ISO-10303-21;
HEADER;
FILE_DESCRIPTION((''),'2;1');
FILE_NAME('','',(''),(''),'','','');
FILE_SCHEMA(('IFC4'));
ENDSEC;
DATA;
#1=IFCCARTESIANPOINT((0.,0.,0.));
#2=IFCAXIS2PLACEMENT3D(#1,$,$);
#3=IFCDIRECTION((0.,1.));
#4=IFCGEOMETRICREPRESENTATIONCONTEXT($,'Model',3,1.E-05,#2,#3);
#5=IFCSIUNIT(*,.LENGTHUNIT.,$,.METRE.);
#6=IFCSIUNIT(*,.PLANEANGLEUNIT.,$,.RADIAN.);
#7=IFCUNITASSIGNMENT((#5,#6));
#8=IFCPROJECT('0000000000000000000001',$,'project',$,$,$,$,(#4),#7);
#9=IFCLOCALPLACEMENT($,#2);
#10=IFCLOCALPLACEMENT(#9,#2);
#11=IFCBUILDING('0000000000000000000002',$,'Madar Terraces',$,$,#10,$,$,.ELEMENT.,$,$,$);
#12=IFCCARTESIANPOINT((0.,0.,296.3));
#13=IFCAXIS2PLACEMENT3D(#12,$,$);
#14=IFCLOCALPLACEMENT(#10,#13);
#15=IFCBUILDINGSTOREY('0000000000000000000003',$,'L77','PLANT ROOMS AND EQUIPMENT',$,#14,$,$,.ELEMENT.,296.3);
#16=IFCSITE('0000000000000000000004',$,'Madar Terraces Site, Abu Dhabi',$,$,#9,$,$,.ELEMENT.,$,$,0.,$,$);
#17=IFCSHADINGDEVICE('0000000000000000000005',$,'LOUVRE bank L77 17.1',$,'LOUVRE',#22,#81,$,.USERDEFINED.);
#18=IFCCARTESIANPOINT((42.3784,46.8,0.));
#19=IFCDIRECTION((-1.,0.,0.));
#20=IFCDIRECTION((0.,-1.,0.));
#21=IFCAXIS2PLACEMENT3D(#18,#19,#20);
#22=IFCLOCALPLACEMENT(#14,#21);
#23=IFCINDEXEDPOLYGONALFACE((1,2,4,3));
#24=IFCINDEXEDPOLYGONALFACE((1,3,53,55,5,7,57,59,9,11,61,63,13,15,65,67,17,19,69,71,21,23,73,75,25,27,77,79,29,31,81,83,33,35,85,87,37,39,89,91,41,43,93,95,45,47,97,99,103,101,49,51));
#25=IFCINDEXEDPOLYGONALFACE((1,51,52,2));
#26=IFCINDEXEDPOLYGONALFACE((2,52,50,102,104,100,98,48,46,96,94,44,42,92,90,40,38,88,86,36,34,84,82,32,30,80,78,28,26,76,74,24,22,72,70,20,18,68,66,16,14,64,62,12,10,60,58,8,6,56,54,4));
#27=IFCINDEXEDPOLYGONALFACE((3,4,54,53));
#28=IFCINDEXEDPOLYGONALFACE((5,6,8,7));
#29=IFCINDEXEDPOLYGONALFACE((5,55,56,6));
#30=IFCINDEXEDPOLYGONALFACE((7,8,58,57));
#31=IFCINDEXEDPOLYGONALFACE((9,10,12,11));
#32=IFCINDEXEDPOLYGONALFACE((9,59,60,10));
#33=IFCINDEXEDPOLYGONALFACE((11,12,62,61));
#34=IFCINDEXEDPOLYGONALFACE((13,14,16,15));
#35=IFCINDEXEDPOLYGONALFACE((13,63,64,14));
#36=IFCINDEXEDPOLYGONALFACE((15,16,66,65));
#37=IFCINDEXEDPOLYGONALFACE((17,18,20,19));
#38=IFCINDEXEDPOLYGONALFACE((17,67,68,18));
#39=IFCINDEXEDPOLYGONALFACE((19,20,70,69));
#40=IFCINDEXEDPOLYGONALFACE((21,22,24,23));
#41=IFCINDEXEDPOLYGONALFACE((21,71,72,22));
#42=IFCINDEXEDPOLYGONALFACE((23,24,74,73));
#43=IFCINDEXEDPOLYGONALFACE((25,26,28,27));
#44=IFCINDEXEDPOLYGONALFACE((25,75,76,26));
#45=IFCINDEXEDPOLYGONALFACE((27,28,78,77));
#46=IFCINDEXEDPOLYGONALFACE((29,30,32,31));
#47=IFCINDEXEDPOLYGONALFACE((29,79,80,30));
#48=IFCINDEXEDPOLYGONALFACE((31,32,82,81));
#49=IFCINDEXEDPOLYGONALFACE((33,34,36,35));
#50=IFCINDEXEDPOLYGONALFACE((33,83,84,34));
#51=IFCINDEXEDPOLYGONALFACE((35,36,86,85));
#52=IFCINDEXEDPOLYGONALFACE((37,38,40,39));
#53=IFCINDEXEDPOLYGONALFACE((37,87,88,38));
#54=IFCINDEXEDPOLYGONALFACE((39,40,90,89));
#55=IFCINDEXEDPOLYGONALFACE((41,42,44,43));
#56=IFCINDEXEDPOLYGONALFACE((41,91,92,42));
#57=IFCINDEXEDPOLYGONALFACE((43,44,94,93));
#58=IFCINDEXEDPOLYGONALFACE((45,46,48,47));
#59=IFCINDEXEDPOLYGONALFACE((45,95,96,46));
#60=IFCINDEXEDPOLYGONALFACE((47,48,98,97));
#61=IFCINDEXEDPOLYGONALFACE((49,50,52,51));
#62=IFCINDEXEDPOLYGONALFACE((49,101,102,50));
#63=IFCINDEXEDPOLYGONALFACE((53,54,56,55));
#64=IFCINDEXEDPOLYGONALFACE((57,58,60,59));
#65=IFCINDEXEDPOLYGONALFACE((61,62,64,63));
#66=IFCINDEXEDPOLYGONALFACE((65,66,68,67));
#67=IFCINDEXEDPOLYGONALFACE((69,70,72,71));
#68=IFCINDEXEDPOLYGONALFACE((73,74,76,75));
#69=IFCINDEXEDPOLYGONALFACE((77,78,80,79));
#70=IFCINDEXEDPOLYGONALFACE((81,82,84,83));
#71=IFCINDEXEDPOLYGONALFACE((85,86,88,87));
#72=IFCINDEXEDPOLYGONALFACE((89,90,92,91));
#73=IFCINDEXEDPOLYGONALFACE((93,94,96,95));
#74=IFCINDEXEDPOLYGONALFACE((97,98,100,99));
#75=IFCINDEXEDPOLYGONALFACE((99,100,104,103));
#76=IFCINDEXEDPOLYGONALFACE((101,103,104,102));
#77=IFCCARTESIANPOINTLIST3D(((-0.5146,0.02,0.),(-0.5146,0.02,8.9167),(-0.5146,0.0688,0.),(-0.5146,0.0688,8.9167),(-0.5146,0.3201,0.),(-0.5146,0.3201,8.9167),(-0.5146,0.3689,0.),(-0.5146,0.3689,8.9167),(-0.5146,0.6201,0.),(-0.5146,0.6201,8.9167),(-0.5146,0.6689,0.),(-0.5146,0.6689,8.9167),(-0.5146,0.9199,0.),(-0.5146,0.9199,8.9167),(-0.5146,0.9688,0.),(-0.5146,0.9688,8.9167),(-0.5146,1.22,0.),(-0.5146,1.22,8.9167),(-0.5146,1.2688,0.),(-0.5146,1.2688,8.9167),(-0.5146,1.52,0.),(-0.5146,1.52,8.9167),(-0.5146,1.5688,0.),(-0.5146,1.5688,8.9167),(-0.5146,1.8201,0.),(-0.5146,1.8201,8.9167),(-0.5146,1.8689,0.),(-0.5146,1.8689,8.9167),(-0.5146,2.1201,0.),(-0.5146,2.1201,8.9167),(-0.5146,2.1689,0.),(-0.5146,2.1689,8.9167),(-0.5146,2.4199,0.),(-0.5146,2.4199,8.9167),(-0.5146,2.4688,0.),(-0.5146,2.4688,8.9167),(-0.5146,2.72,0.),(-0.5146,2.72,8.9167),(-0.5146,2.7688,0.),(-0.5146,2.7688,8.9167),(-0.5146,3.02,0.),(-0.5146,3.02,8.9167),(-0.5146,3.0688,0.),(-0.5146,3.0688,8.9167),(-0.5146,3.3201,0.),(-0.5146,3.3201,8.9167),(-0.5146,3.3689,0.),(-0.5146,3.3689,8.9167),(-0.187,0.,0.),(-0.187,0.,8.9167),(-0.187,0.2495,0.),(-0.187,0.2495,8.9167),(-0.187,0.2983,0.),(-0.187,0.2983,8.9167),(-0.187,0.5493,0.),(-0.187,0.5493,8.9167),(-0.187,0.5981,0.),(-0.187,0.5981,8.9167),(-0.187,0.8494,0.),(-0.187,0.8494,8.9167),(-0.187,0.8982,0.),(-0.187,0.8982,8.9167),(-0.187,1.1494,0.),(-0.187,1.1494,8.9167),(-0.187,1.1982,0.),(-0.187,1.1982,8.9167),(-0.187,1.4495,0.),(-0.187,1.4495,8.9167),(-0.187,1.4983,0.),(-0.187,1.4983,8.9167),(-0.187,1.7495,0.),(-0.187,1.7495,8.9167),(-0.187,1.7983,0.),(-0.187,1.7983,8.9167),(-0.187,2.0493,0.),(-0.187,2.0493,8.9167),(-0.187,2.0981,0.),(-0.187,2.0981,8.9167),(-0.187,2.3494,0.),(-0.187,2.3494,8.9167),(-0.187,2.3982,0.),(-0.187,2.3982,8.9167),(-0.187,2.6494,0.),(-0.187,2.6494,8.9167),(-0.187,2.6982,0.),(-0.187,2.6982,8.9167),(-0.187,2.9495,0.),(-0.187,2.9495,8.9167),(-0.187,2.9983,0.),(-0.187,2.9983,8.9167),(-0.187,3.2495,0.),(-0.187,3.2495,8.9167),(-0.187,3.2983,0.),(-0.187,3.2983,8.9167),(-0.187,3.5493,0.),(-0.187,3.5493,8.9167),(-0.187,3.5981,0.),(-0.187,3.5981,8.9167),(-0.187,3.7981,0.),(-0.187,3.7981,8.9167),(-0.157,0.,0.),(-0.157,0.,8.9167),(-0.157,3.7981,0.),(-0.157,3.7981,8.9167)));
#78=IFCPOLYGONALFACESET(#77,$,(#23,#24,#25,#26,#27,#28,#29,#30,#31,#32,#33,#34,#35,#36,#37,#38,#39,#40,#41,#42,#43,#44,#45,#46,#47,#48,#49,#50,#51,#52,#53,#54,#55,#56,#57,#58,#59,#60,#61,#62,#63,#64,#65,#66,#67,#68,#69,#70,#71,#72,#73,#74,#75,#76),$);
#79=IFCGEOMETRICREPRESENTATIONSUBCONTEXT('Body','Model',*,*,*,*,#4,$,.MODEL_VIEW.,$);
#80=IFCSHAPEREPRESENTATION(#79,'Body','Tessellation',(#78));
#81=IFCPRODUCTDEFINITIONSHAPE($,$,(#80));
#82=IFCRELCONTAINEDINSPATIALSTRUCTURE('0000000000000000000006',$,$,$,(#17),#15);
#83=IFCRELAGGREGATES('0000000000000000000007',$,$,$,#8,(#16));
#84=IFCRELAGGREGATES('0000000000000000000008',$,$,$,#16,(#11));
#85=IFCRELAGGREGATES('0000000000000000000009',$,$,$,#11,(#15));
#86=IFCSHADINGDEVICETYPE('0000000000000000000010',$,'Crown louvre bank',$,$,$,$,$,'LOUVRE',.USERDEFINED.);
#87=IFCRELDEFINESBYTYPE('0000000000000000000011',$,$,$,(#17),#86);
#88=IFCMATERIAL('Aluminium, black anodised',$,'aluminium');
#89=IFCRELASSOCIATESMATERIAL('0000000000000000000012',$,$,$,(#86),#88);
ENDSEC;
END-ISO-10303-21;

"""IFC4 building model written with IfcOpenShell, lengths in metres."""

from ifc_helpers import new_model, si_unit, direction, frame, origin, place, context, subcontext, project, spatial, polyline, outline, extrude, material, type_object, element, save


model = new_model("IFC4")

# Units and contexts
model_context = context("Model", 3, precision=1e-05, world=origin(), true_north=direction((0.0, 1.0)))
body_context = subcontext(model_context, "Body", "Model", "MODEL_VIEW")
ifc_project = project(units=[si_unit("LENGTHUNIT", "METRE"), si_unit("PLANEANGLEUNIT", "RADIAN")], contexts=[model_context])

# Site, building, storey
site_placement = place(None, origin())
site = spatial("IfcSite", under=ifc_project, at=site_placement, Name="Madar Terraces Site, Abu Dhabi", CompositionType="ELEMENT", RefElevation=0.0)
building_placement = place(site_placement, origin())
building = spatial("IfcBuilding", under=site, at=building_placement, Name="Madar Terraces", CompositionType="ELEMENT")
storey_placement = place(building_placement, frame((0.0, 0.0, 296.3)))
storey = spatial("IfcBuildingStorey", under=building, at=storey_placement, Name="L77", Description="PLANT ROOMS AND EQUIPMENT", CompositionType="ELEMENT", Elevation=296.3)

# Shading device
ifc_material_1 = material(Name="Aluminium, black anodised", Category="aluminium")
shading_device_type = type_object("IfcShadingDeviceType", Name="Crown louvre bank", ElementType="LOUVRE", PredefinedType="USERDEFINED", material=ifc_material_1)
shading_device_1_placement = place(storey_placement, frame((42.3784, 46.8, 0.0), z_axis=(-1.0, 0.0, 0.0), x_axis=(0.0, -1.0, 0.0)))
element("IfcShadingDevice", 1, at=shading_device_1_placement, inside=storey, type_object=shading_device_type, Name="LOUVRE bank L77 17.1", ObjectType="LOUVRE", PredefinedType="USERDEFINED", context=body_context, shape_type="SweptSolid", body=[
    extrude(outline(polyline([(-0.157, 0.0), (-0.187, 0.0), (-0.187, 0.2495), (-0.5146, 0.02), (-0.5146, 0.0688), (-0.187, 0.2983), (-0.187, 0.5493), (-0.5146, 0.3201), (-0.5146, 0.3689), (-0.187, 0.5981), (-0.187, 0.8494), (-0.5146, 0.6201), (-0.5146, 0.6689), (-0.187, 0.8982), (-0.187, 1.1494), (-0.5146, 0.9199), (-0.5146, 0.9688), (-0.187, 1.1982), (-0.187, 1.4495), (-0.5146, 1.22), (-0.5146, 1.2688), (-0.187, 1.4983), (-0.187, 1.7495), (-0.5146, 1.52), (-0.5146, 1.5688), (-0.187, 1.7983), (-0.187, 2.0493), (-0.5146, 1.8201), (-0.5146, 1.8689), (-0.187, 2.0981), (-0.187, 2.3494), (-0.5146, 2.1201), (-0.5146, 2.1689), (-0.187, 2.3982), (-0.187, 2.6494), (-0.5146, 2.4199), (-0.5146, 2.4688), (-0.187, 2.6982), (-0.187, 2.9495), (-0.5146, 2.72), (-0.5146, 2.7688), (-0.187, 2.9983), (-0.187, 3.2495), (-0.5146, 3.02), (-0.5146, 3.0688), (-0.187, 3.2983), (-0.187, 3.5493), (-0.5146, 3.3201), (-0.5146, 3.3689), (-0.187, 3.5981), (-0.187, 3.7981), (-0.157, 3.7981), (-0.157, 0.0)])), origin(), (0.0, 0.0, 1.0), 8.9167),
])

save(model, "model.ifc")
